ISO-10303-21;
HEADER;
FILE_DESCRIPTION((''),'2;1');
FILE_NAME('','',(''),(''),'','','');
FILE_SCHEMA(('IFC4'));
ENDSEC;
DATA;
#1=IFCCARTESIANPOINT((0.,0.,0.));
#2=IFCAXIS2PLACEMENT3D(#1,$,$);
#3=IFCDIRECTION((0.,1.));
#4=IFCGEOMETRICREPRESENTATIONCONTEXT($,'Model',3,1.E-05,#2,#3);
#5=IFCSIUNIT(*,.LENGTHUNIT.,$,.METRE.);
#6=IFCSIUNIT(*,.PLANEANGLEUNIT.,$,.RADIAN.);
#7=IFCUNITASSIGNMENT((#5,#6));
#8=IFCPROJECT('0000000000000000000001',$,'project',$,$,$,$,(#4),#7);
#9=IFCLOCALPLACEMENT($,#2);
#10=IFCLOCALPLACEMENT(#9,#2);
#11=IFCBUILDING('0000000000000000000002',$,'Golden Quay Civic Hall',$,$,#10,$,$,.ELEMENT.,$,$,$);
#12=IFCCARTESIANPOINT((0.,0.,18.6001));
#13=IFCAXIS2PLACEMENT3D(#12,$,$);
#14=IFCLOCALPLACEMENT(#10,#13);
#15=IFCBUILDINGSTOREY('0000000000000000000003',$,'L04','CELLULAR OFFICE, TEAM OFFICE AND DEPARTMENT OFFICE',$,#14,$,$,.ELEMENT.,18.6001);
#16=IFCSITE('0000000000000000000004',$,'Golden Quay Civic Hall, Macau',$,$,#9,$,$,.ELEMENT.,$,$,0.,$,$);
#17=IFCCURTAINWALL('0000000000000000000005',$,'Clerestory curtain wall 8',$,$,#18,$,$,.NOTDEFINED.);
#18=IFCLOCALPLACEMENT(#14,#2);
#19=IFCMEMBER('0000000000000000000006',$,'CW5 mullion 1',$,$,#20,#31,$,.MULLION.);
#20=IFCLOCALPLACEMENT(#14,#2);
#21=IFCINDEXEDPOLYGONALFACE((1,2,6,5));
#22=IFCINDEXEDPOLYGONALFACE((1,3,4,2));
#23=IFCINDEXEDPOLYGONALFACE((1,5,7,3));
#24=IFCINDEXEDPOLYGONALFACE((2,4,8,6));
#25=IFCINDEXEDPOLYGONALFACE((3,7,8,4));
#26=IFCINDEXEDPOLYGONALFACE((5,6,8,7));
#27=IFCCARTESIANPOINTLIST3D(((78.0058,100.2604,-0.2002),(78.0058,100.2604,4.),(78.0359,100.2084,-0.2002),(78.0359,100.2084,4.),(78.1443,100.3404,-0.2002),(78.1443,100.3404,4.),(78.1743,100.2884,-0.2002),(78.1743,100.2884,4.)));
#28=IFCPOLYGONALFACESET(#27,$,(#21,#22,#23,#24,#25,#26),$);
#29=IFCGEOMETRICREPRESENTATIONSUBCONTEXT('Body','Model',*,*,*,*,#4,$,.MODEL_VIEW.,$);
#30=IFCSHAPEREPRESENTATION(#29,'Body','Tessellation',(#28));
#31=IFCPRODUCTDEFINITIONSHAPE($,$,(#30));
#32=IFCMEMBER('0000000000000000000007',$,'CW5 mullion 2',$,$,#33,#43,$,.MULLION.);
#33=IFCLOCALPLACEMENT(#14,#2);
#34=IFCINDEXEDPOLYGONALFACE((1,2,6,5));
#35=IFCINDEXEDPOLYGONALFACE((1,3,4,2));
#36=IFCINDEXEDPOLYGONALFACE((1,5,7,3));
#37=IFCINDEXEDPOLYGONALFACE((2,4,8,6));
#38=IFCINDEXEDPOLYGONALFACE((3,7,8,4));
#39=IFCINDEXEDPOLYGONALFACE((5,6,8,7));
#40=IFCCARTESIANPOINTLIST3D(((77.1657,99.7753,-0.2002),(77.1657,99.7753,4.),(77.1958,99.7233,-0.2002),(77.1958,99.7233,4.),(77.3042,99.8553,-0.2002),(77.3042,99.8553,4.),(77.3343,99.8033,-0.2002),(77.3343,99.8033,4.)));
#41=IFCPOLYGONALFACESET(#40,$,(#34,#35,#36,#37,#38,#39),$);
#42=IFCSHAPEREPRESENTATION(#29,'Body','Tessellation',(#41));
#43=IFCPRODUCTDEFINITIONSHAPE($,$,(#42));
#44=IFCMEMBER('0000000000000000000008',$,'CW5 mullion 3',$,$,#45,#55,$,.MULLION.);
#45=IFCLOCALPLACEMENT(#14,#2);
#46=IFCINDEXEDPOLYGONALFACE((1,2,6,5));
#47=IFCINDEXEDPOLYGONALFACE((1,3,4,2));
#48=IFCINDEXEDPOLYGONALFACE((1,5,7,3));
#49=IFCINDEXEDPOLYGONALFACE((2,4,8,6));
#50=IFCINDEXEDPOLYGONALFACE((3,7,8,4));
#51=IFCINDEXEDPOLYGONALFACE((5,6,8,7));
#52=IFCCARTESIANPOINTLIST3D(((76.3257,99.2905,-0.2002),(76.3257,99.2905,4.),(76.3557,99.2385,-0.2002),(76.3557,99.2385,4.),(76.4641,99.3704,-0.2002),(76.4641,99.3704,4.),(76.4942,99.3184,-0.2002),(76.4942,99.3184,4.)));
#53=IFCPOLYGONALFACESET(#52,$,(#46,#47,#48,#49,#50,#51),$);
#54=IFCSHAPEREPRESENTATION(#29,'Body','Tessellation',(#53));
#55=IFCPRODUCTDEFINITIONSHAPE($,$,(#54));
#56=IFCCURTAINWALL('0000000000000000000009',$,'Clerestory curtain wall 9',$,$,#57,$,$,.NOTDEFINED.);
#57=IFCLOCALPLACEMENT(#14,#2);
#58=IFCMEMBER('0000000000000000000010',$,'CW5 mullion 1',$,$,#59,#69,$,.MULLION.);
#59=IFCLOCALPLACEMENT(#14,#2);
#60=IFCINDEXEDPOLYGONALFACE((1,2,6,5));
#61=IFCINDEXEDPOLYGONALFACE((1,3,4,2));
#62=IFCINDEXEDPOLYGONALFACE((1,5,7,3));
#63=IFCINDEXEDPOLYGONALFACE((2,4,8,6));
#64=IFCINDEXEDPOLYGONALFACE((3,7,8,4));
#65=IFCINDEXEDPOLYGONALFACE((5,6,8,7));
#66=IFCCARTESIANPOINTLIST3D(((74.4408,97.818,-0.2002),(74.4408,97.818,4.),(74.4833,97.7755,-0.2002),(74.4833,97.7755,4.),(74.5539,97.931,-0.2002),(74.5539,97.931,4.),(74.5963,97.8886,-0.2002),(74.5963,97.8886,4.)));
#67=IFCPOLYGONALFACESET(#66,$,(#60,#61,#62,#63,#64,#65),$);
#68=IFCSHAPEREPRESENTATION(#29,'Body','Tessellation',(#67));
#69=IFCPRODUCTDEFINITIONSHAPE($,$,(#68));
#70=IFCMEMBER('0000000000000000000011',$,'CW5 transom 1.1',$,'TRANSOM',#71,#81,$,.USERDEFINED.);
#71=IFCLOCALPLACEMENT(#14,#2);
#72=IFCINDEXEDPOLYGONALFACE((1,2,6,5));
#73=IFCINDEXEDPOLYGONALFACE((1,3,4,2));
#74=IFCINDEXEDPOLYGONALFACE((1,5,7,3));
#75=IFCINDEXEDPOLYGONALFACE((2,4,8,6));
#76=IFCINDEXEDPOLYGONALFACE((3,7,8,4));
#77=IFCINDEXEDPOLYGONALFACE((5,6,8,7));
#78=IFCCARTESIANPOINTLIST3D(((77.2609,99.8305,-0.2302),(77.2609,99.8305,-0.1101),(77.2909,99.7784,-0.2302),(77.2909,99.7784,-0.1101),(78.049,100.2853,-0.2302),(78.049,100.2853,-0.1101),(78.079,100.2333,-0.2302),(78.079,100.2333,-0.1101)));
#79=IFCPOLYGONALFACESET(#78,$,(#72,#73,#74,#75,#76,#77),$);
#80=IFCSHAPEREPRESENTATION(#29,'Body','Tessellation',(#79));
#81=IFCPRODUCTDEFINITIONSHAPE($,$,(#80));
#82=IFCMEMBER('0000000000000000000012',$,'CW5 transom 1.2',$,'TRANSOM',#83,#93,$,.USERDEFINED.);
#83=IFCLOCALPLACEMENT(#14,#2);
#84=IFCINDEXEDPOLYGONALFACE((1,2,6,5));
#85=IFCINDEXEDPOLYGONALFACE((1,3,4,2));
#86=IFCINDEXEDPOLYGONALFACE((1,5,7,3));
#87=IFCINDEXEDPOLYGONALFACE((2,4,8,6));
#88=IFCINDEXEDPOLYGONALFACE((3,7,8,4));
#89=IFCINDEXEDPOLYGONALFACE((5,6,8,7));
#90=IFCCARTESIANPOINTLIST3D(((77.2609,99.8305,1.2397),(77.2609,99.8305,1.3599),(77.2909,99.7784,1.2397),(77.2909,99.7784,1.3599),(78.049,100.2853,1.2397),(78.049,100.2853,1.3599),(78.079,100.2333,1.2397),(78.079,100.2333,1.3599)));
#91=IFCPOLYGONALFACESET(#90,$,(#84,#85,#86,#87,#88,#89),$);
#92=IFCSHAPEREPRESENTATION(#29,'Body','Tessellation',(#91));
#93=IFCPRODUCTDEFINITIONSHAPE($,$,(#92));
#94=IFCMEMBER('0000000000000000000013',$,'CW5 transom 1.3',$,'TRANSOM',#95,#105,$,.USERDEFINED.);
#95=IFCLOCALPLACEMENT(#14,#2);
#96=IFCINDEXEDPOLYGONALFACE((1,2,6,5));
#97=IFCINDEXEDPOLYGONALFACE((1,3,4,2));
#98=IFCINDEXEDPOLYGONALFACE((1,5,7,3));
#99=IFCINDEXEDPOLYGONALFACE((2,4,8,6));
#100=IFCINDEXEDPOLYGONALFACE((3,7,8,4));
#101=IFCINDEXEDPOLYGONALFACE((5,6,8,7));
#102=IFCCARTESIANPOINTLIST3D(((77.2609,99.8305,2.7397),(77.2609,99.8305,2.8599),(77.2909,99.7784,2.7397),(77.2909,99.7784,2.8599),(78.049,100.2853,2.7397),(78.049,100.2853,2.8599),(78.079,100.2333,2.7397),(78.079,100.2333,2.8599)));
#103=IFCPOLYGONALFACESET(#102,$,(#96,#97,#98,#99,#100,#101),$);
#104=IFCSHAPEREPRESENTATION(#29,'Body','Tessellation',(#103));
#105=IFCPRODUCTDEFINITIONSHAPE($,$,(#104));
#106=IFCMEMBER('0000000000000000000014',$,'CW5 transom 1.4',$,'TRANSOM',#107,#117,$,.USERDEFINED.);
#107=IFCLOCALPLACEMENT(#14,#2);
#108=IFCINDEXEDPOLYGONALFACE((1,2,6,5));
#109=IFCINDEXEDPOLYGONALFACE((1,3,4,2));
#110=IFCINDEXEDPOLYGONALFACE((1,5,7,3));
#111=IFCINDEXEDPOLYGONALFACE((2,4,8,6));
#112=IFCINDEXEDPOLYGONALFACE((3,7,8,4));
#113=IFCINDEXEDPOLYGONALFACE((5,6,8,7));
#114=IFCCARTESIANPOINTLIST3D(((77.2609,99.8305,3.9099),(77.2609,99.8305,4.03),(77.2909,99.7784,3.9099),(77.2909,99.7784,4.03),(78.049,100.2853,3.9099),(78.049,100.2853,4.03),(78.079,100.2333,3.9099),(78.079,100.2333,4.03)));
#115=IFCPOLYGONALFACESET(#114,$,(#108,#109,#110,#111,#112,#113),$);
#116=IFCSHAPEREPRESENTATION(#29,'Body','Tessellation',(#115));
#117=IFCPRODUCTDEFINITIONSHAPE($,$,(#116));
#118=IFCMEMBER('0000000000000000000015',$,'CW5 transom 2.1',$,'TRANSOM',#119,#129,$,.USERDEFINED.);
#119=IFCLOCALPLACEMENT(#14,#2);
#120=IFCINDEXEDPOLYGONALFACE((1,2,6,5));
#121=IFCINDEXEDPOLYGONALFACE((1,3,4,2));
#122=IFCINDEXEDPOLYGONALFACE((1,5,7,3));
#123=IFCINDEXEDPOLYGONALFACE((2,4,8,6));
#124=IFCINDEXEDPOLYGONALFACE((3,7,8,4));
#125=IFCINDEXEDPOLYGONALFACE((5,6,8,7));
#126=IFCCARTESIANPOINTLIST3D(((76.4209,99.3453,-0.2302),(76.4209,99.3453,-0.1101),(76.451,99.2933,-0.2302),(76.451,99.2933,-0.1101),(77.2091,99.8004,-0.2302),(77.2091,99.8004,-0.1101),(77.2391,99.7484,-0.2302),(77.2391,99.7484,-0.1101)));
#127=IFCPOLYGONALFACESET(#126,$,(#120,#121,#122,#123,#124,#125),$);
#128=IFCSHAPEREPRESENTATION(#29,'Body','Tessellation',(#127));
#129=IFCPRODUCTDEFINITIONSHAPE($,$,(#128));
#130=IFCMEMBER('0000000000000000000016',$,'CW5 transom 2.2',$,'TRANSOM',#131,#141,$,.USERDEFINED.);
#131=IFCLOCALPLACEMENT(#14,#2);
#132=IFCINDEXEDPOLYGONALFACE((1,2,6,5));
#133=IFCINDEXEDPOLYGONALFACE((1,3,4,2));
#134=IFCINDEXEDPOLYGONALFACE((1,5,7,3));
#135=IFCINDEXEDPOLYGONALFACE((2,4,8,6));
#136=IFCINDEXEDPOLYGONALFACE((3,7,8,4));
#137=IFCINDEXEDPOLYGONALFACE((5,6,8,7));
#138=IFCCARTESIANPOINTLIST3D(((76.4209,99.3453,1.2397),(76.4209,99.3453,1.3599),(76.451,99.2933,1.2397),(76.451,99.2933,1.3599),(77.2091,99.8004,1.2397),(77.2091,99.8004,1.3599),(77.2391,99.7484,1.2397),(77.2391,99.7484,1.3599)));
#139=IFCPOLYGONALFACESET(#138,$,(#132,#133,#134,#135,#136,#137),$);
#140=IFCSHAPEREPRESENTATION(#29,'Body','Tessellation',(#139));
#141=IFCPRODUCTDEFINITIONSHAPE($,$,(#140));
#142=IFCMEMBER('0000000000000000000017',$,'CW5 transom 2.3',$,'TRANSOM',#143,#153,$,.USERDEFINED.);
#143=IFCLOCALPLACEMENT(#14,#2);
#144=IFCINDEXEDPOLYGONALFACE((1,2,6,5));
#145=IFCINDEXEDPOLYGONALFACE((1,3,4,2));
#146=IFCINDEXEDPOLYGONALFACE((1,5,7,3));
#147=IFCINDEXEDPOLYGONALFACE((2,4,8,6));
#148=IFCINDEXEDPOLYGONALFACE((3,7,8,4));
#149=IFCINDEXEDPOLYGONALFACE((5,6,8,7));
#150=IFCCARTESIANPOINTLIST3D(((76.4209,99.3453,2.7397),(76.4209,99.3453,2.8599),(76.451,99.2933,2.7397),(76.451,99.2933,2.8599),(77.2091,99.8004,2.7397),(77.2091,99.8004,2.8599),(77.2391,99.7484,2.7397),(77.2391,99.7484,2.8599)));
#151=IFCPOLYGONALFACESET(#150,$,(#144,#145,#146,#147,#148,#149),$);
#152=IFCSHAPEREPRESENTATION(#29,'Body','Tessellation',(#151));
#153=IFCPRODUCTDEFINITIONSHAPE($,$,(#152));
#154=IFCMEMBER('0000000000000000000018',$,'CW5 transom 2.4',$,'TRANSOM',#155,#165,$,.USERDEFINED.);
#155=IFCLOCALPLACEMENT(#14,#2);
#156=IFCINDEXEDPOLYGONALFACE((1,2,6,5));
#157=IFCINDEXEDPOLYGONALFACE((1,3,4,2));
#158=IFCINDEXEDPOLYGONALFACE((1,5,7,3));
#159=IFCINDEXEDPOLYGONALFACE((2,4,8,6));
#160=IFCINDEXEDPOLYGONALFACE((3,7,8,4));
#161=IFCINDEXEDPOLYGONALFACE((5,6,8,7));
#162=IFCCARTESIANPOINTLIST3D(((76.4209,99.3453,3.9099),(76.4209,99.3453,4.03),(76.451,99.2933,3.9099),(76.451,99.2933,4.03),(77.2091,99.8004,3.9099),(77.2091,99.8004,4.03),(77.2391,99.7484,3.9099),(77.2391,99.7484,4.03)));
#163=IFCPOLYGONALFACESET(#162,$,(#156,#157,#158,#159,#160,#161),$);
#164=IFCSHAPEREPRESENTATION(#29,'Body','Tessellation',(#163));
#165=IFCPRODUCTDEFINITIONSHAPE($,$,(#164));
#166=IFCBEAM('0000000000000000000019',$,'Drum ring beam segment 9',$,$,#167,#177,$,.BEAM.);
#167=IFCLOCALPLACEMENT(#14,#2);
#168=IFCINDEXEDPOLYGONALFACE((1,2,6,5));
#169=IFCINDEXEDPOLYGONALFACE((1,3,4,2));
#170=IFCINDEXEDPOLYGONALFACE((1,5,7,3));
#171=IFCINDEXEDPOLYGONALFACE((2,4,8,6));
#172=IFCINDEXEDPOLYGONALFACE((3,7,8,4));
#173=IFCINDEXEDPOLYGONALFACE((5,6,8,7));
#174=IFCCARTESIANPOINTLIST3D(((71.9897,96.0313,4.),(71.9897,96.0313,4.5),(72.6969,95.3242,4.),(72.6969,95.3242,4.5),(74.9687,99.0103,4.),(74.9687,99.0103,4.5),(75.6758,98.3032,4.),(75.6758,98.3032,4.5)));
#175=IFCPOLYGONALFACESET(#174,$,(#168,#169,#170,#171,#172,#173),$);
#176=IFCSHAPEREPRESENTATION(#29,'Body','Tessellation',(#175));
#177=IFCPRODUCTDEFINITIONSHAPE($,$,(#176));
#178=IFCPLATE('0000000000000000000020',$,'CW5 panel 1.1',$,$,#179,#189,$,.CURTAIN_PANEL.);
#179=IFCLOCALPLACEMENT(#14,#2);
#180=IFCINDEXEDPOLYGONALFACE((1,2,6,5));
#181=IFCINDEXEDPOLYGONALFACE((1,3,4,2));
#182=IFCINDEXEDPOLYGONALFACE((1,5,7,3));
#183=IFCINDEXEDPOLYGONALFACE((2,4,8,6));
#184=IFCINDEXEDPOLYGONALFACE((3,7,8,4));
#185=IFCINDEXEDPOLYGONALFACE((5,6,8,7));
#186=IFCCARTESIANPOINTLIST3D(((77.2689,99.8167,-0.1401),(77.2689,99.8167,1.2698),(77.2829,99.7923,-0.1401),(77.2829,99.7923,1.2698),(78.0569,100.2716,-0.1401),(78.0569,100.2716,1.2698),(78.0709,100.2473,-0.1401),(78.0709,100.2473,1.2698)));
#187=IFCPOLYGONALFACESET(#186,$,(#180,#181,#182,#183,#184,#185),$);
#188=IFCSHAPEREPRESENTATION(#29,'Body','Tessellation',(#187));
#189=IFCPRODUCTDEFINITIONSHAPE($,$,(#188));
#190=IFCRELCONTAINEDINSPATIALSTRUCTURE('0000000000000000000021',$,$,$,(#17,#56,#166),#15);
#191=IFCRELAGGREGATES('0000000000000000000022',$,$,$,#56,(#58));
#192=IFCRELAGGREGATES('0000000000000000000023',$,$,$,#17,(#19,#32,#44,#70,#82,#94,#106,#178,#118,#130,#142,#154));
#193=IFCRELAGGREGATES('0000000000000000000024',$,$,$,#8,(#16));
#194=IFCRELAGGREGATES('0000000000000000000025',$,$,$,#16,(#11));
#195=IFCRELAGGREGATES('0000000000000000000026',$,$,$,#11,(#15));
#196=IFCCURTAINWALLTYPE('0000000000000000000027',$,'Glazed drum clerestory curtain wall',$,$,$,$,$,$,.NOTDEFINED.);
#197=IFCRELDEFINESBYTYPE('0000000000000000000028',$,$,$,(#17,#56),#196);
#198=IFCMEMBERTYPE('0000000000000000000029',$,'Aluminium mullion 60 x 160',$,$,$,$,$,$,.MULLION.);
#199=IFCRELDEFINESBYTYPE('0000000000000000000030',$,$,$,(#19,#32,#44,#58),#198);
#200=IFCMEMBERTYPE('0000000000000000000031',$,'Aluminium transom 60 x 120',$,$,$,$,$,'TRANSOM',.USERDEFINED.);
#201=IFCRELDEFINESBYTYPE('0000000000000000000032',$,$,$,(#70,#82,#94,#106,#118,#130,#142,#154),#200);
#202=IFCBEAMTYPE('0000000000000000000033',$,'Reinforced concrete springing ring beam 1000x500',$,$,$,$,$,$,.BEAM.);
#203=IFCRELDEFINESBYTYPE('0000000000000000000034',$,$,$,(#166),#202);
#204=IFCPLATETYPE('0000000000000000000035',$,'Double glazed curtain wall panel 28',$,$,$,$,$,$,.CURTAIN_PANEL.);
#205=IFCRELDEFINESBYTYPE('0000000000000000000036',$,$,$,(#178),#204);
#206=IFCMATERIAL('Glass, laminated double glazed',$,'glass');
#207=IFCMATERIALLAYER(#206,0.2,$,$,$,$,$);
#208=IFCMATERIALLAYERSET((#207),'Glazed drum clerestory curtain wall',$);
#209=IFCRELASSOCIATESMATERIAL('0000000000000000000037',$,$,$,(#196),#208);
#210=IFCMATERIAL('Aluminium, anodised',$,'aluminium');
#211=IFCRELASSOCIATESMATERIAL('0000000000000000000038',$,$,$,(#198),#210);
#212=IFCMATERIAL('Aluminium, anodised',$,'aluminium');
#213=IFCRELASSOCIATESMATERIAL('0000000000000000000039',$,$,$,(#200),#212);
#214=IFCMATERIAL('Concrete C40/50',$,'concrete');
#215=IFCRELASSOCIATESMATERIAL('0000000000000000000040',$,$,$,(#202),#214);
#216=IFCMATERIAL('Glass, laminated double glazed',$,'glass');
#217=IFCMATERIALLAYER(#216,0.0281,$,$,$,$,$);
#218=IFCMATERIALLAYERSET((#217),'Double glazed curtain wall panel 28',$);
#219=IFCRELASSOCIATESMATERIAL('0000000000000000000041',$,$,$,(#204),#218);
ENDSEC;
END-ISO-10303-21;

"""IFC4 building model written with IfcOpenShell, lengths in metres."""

from ifc_helpers import new_model, si_unit, direction, frame, origin, origin_2d, place, context, subcontext, project, spatial, rectangle, extrude, material, layer, layer_set, material_profile, profile_set, type_object, element, aggregate, save


model = new_model("IFC4")

# Units and contexts
model_context = context("Model", 3, precision=1e-05, world=origin(), true_north=direction((0.0, 1.0)))
body_context = subcontext(model_context, "Body", "Model", "MODEL_VIEW")
ifc_project = project(units=[si_unit("LENGTHUNIT", "METRE"), si_unit("PLANEANGLEUNIT", "RADIAN")], contexts=[model_context])

# Site, building, storey
site_placement = place(None, origin())
site = spatial("IfcSite", under=ifc_project, at=site_placement, Name="Golden Quay Civic Hall, Macau", CompositionType="ELEMENT", RefElevation=0.0)
building_placement = place(site_placement, origin())
building = spatial("IfcBuilding", under=site, at=building_placement, Name="Golden Quay Civic Hall", CompositionType="ELEMENT")
storey_placement = place(building_placement, frame((0.0, 0.0, 18.6001)))
storey = spatial("IfcBuildingStorey", under=building, at=storey_placement, Name="L04", Description="CELLULAR OFFICE, TEAM OFFICE AND DEPARTMENT OFFICE", CompositionType="ELEMENT", Elevation=18.6001)

# Curtain wall, members
ifc_material_1 = material(Name="Glass, laminated double glazed", Category="glass")
ifc_layer_1 = layer(ifc_material_1, 0.2)
ifc_layer_set_1 = layer_set([ifc_layer_1], Name="Glazed drum clerestory curtain wall")
curtain_wall_type = type_object("IfcCurtainWallType", Name="Glazed drum clerestory curtain wall", PredefinedType="NOTDEFINED", material=ifc_layer_set_1)
curtain_wall_1_placement = place(storey_placement, origin())
curtain_wall_1 = element("IfcCurtainWall", 1, at=curtain_wall_1_placement, inside=storey, type_object=curtain_wall_type, Name="Clerestory curtain wall 8", PredefinedType="NOTDEFINED")
ifc_material_2 = material(Name="Aluminium, anodised", Category="aluminium")
ifc_material_profile_1 = material_profile(ifc_material_2, rectangle(XDim=0.0601, YDim=0.1599, at=origin_2d()), Name="Aluminium 60 x 160")
ifc_profile_set_1 = profile_set([ifc_material_profile_1], Name="Aluminium, anodised")
member_type_1 = type_object("IfcMemberType", Name="Aluminium mullion 60 x 160", PredefinedType="MULLION", material=ifc_profile_set_1)
member_1_placement = place(storey_placement, frame((78.0901, 100.2744, -0.2002), z_axis=(0.0, 0.0, 1.0), x_axis=(0.500011, -0.866019, 0.0)))
member_1 = element("IfcMember", 2, at=member_1_placement, type_object=member_type_1, Name="CW5 mullion 1", PredefinedType="MULLION", context=body_context, shape_type="SweptSolid", body=[
    extrude(rectangle(XDim=0.0601, YDim=0.1599, at=origin_2d()), origin(), (0.0, 0.0, 1.0), 4.2002),
])
member_2_placement = place(storey_placement, frame((77.25, 99.7893, -0.2002), z_axis=(0.0, 0.0, 1.0), x_axis=(0.500011, -0.866019, 0.0)))
member_2 = element("IfcMember", 3, at=member_2_placement, type_object=member_type_1, Name="CW5 mullion 2", PredefinedType="MULLION", context=body_context, shape_type="SweptSolid", body=[
    extrude(rectangle(XDim=0.0601, YDim=0.1599, at=origin_2d()), origin(), (0.0, 0.0, 1.0), 4.2002),
])
member_3_placement = place(storey_placement, frame((76.4099, 99.3044, -0.2002), z_axis=(0.0, 0.0, 1.0), x_axis=(0.500011, -0.866019, 0.0)))
member_3 = element("IfcMember", 4, at=member_3_placement, type_object=member_type_1, Name="CW5 mullion 3", PredefinedType="MULLION", context=body_context, shape_type="SweptSolid", body=[
    extrude(rectangle(XDim=0.0601, YDim=0.1599, at=origin_2d()), origin(), (0.0, 0.0, 1.0), 4.2002),
])

# Curtain wall, member
curtain_wall_2_placement = place(storey_placement, origin())
curtain_wall_2 = element("IfcCurtainWall", 5, at=curtain_wall_2_placement, inside=storey, type_object=curtain_wall_type, Name="Clerestory curtain wall 9", PredefinedType="NOTDEFINED")
member_4_placement = place(storey_placement, frame((74.5186, 97.8533, -0.2002), z_axis=(0.0, 0.0, 1.0), x_axis=(0.707107, -0.707107, 0.0)))
member_4 = element("IfcMember", 6, at=member_4_placement, type_object=member_type_1, Name="CW5 mullion 1", PredefinedType="MULLION", context=body_context, shape_type="SweptSolid", body=[
    extrude(rectangle(XDim=0.0601, YDim=0.1599, at=origin_2d()), origin(), (0.0, 0.0, 1.0), 4.2002),
])
aggregate(curtain_wall_2, [member_4])

# Members
ifc_material_3 = material(Name="Aluminium, anodised", Category="aluminium")
ifc_material_profile_2 = material_profile(ifc_material_3, rectangle(XDim=0.0601, YDim=0.1201, at=origin_2d()), Name="Aluminium 60 x 120")
ifc_profile_set_2 = profile_set([ifc_material_profile_2], Name="Aluminium, anodised")
member_type_2 = type_object("IfcMemberType", Name="Aluminium transom 60 x 120", ElementType="TRANSOM", PredefinedType="USERDEFINED", material=ifc_profile_set_2)
member_5_placement = place(storey_placement, frame((78.064, 100.2593, -0.1702), z_axis=(-0.866105, -0.499862, 0.0), x_axis=(0.499862, -0.866105, 0.0)))
member_5 = element("IfcMember", 7, at=member_5_placement, type_object=member_type_2, Name="CW5 transom 1.1", ObjectType="TRANSOM", PredefinedType="USERDEFINED", context=body_context, shape_type="SweptSolid", body=[
    extrude(rectangle(XDim=0.0601, YDim=0.1201, at=origin_2d()), origin(), (0.0, 0.0, 1.0), 0.9099),
])
member_6_placement = place(storey_placement, frame((78.064, 100.2593, 1.2998), z_axis=(-0.866105, -0.499862, 0.0), x_axis=(0.499862, -0.866105, 0.0)))
member_6 = element("IfcMember", 8, at=member_6_placement, type_object=member_type_2, Name="CW5 transom 1.2", ObjectType="TRANSOM", PredefinedType="USERDEFINED", context=body_context, shape_type="SweptSolid", body=[
    extrude(rectangle(XDim=0.0601, YDim=0.1201, at=origin_2d()), origin(), (0.0, 0.0, 1.0), 0.9099),
])
member_7_placement = place(storey_placement, frame((78.064, 100.2593, 2.7998), z_axis=(-0.866105, -0.499862, 0.0), x_axis=(0.499862, -0.866105, 0.0)))
member_7 = element("IfcMember", 9, at=member_7_placement, type_object=member_type_2, Name="CW5 transom 1.3", ObjectType="TRANSOM", PredefinedType="USERDEFINED", context=body_context, shape_type="SweptSolid", body=[
    extrude(rectangle(XDim=0.0601, YDim=0.1201, at=origin_2d()), origin(), (0.0, 0.0, 1.0), 0.9099),
])
member_8_placement = place(storey_placement, frame((78.064, 100.2593, 3.97), z_axis=(-0.866105, -0.499862, 0.0), x_axis=(0.499862, -0.866105, 0.0)))
member_8 = element("IfcMember", 10, at=member_8_placement, type_object=member_type_2, Name="CW5 transom 1.4", ObjectType="TRANSOM", PredefinedType="USERDEFINED", context=body_context, shape_type="SweptSolid", body=[
    extrude(rectangle(XDim=0.0601, YDim=0.1201, at=origin_2d()), origin(), (0.0, 0.0, 1.0), 0.9099),
])
member_9_placement = place(storey_placement, frame((77.2241, 99.7744, -0.1702), z_axis=(-0.865989, -0.500063, 0.0), x_axis=(0.500063, -0.865989, 0.0)))
member_9 = element("IfcMember", 11, at=member_9_placement, type_object=member_type_2, Name="CW5 transom 2.1", ObjectType="TRANSOM", PredefinedType="USERDEFINED", context=body_context, shape_type="SweptSolid", body=[
    extrude(rectangle(XDim=0.0601, YDim=0.1201, at=origin_2d()), origin(), (0.0, 0.0, 1.0), 0.9102),
])
member_10_placement = place(storey_placement, frame((77.2241, 99.7744, 1.2998), z_axis=(-0.865989, -0.500063, 0.0), x_axis=(0.500063, -0.865989, 0.0)))
member_10 = element("IfcMember", 12, at=member_10_placement, type_object=member_type_2, Name="CW5 transom 2.2", ObjectType="TRANSOM", PredefinedType="USERDEFINED", context=body_context, shape_type="SweptSolid", body=[
    extrude(rectangle(XDim=0.0601, YDim=0.1201, at=origin_2d()), origin(), (0.0, 0.0, 1.0), 0.9102),
])
member_11_placement = place(storey_placement, frame((77.2241, 99.7744, 2.7998), z_axis=(-0.865989, -0.500063, 0.0), x_axis=(0.500063, -0.865989, 0.0)))
member_11 = element("IfcMember", 13, at=member_11_placement, type_object=member_type_2, Name="CW5 transom 2.3", ObjectType="TRANSOM", PredefinedType="USERDEFINED", context=body_context, shape_type="SweptSolid", body=[
    extrude(rectangle(XDim=0.0601, YDim=0.1201, at=origin_2d()), origin(), (0.0, 0.0, 1.0), 0.9102),
])
member_12_placement = place(storey_placement, frame((77.2241, 99.7744, 3.97), z_axis=(-0.865989, -0.500063, 0.0), x_axis=(0.500063, -0.865989, 0.0)))
member_12 = element("IfcMember", 14, at=member_12_placement, type_object=member_type_2, Name="CW5 transom 2.4", ObjectType="TRANSOM", PredefinedType="USERDEFINED", context=body_context, shape_type="SweptSolid", body=[
    extrude(rectangle(XDim=0.0601, YDim=0.1201, at=origin_2d()), origin(), (0.0, 0.0, 1.0), 0.9102),
])

# Beam
ifc_material_4 = material(Name="Concrete C40/50", Category="concrete")
ifc_material_profile_3 = material_profile(ifc_material_4, rectangle(XDim=1.0, YDim=0.5, at=origin_2d()), Name="RC 1000x500")
ifc_profile_set_3 = profile_set([ifc_material_profile_3], Name="Concrete C40/50")
beam_type = type_object("IfcBeamType", Name="Reinforced concrete springing ring beam 1000x500", PredefinedType="BEAM", material=ifc_profile_set_3)
beam_placement = place(storey_placement, frame((75.3223, 98.6567, 4.25), z_axis=(-0.707107, -0.707107, 0.0), x_axis=(0.707107, -0.707107, 0.0)))
element("IfcBeam", 15, at=beam_placement, inside=storey, type_object=beam_type, Name="Drum ring beam segment 9", PredefinedType="BEAM", context=body_context, shape_type="SweptSolid", body=[
    extrude(rectangle(XDim=1.0, YDim=0.5, at=origin_2d()), origin(), (0.0, 0.0, 1.0), 4.2129),
])

# Plate
ifc_material_5 = material(Name="Glass, laminated double glazed", Category="glass")
ifc_layer_2 = layer(ifc_material_5, 0.0281)
ifc_layer_set_2 = layer_set([ifc_layer_2], Name="Double glazed curtain wall panel 28")
plate_type = type_object("IfcPlateType", Name="Double glazed curtain wall panel 28", PredefinedType="CURTAIN_PANEL", material=ifc_layer_set_2)
plate_1_placement = place(storey_placement, frame((77.6699, 100.032, -0.1401), z_axis=(0.0, 0.0, 1.0), x_axis=(-0.866019, -0.500011, 0.0)))
plate_1 = element("IfcPlate", 16, at=plate_1_placement, type_object=plate_type, Name="CW5 panel 1.1", PredefinedType="CURTAIN_PANEL", context=body_context, shape_type="SweptSolid", body=[
    extrude(rectangle(XDim=0.9099, YDim=0.0281, at=origin_2d()), origin(), (0.0, 0.0, 1.0), 1.4099),
])
aggregate(curtain_wall_1, [member_1, member_2, member_3, member_5, member_6, member_7, member_8, plate_1, member_9, member_10, member_11, member_12])

save(model, "model.ifc")
